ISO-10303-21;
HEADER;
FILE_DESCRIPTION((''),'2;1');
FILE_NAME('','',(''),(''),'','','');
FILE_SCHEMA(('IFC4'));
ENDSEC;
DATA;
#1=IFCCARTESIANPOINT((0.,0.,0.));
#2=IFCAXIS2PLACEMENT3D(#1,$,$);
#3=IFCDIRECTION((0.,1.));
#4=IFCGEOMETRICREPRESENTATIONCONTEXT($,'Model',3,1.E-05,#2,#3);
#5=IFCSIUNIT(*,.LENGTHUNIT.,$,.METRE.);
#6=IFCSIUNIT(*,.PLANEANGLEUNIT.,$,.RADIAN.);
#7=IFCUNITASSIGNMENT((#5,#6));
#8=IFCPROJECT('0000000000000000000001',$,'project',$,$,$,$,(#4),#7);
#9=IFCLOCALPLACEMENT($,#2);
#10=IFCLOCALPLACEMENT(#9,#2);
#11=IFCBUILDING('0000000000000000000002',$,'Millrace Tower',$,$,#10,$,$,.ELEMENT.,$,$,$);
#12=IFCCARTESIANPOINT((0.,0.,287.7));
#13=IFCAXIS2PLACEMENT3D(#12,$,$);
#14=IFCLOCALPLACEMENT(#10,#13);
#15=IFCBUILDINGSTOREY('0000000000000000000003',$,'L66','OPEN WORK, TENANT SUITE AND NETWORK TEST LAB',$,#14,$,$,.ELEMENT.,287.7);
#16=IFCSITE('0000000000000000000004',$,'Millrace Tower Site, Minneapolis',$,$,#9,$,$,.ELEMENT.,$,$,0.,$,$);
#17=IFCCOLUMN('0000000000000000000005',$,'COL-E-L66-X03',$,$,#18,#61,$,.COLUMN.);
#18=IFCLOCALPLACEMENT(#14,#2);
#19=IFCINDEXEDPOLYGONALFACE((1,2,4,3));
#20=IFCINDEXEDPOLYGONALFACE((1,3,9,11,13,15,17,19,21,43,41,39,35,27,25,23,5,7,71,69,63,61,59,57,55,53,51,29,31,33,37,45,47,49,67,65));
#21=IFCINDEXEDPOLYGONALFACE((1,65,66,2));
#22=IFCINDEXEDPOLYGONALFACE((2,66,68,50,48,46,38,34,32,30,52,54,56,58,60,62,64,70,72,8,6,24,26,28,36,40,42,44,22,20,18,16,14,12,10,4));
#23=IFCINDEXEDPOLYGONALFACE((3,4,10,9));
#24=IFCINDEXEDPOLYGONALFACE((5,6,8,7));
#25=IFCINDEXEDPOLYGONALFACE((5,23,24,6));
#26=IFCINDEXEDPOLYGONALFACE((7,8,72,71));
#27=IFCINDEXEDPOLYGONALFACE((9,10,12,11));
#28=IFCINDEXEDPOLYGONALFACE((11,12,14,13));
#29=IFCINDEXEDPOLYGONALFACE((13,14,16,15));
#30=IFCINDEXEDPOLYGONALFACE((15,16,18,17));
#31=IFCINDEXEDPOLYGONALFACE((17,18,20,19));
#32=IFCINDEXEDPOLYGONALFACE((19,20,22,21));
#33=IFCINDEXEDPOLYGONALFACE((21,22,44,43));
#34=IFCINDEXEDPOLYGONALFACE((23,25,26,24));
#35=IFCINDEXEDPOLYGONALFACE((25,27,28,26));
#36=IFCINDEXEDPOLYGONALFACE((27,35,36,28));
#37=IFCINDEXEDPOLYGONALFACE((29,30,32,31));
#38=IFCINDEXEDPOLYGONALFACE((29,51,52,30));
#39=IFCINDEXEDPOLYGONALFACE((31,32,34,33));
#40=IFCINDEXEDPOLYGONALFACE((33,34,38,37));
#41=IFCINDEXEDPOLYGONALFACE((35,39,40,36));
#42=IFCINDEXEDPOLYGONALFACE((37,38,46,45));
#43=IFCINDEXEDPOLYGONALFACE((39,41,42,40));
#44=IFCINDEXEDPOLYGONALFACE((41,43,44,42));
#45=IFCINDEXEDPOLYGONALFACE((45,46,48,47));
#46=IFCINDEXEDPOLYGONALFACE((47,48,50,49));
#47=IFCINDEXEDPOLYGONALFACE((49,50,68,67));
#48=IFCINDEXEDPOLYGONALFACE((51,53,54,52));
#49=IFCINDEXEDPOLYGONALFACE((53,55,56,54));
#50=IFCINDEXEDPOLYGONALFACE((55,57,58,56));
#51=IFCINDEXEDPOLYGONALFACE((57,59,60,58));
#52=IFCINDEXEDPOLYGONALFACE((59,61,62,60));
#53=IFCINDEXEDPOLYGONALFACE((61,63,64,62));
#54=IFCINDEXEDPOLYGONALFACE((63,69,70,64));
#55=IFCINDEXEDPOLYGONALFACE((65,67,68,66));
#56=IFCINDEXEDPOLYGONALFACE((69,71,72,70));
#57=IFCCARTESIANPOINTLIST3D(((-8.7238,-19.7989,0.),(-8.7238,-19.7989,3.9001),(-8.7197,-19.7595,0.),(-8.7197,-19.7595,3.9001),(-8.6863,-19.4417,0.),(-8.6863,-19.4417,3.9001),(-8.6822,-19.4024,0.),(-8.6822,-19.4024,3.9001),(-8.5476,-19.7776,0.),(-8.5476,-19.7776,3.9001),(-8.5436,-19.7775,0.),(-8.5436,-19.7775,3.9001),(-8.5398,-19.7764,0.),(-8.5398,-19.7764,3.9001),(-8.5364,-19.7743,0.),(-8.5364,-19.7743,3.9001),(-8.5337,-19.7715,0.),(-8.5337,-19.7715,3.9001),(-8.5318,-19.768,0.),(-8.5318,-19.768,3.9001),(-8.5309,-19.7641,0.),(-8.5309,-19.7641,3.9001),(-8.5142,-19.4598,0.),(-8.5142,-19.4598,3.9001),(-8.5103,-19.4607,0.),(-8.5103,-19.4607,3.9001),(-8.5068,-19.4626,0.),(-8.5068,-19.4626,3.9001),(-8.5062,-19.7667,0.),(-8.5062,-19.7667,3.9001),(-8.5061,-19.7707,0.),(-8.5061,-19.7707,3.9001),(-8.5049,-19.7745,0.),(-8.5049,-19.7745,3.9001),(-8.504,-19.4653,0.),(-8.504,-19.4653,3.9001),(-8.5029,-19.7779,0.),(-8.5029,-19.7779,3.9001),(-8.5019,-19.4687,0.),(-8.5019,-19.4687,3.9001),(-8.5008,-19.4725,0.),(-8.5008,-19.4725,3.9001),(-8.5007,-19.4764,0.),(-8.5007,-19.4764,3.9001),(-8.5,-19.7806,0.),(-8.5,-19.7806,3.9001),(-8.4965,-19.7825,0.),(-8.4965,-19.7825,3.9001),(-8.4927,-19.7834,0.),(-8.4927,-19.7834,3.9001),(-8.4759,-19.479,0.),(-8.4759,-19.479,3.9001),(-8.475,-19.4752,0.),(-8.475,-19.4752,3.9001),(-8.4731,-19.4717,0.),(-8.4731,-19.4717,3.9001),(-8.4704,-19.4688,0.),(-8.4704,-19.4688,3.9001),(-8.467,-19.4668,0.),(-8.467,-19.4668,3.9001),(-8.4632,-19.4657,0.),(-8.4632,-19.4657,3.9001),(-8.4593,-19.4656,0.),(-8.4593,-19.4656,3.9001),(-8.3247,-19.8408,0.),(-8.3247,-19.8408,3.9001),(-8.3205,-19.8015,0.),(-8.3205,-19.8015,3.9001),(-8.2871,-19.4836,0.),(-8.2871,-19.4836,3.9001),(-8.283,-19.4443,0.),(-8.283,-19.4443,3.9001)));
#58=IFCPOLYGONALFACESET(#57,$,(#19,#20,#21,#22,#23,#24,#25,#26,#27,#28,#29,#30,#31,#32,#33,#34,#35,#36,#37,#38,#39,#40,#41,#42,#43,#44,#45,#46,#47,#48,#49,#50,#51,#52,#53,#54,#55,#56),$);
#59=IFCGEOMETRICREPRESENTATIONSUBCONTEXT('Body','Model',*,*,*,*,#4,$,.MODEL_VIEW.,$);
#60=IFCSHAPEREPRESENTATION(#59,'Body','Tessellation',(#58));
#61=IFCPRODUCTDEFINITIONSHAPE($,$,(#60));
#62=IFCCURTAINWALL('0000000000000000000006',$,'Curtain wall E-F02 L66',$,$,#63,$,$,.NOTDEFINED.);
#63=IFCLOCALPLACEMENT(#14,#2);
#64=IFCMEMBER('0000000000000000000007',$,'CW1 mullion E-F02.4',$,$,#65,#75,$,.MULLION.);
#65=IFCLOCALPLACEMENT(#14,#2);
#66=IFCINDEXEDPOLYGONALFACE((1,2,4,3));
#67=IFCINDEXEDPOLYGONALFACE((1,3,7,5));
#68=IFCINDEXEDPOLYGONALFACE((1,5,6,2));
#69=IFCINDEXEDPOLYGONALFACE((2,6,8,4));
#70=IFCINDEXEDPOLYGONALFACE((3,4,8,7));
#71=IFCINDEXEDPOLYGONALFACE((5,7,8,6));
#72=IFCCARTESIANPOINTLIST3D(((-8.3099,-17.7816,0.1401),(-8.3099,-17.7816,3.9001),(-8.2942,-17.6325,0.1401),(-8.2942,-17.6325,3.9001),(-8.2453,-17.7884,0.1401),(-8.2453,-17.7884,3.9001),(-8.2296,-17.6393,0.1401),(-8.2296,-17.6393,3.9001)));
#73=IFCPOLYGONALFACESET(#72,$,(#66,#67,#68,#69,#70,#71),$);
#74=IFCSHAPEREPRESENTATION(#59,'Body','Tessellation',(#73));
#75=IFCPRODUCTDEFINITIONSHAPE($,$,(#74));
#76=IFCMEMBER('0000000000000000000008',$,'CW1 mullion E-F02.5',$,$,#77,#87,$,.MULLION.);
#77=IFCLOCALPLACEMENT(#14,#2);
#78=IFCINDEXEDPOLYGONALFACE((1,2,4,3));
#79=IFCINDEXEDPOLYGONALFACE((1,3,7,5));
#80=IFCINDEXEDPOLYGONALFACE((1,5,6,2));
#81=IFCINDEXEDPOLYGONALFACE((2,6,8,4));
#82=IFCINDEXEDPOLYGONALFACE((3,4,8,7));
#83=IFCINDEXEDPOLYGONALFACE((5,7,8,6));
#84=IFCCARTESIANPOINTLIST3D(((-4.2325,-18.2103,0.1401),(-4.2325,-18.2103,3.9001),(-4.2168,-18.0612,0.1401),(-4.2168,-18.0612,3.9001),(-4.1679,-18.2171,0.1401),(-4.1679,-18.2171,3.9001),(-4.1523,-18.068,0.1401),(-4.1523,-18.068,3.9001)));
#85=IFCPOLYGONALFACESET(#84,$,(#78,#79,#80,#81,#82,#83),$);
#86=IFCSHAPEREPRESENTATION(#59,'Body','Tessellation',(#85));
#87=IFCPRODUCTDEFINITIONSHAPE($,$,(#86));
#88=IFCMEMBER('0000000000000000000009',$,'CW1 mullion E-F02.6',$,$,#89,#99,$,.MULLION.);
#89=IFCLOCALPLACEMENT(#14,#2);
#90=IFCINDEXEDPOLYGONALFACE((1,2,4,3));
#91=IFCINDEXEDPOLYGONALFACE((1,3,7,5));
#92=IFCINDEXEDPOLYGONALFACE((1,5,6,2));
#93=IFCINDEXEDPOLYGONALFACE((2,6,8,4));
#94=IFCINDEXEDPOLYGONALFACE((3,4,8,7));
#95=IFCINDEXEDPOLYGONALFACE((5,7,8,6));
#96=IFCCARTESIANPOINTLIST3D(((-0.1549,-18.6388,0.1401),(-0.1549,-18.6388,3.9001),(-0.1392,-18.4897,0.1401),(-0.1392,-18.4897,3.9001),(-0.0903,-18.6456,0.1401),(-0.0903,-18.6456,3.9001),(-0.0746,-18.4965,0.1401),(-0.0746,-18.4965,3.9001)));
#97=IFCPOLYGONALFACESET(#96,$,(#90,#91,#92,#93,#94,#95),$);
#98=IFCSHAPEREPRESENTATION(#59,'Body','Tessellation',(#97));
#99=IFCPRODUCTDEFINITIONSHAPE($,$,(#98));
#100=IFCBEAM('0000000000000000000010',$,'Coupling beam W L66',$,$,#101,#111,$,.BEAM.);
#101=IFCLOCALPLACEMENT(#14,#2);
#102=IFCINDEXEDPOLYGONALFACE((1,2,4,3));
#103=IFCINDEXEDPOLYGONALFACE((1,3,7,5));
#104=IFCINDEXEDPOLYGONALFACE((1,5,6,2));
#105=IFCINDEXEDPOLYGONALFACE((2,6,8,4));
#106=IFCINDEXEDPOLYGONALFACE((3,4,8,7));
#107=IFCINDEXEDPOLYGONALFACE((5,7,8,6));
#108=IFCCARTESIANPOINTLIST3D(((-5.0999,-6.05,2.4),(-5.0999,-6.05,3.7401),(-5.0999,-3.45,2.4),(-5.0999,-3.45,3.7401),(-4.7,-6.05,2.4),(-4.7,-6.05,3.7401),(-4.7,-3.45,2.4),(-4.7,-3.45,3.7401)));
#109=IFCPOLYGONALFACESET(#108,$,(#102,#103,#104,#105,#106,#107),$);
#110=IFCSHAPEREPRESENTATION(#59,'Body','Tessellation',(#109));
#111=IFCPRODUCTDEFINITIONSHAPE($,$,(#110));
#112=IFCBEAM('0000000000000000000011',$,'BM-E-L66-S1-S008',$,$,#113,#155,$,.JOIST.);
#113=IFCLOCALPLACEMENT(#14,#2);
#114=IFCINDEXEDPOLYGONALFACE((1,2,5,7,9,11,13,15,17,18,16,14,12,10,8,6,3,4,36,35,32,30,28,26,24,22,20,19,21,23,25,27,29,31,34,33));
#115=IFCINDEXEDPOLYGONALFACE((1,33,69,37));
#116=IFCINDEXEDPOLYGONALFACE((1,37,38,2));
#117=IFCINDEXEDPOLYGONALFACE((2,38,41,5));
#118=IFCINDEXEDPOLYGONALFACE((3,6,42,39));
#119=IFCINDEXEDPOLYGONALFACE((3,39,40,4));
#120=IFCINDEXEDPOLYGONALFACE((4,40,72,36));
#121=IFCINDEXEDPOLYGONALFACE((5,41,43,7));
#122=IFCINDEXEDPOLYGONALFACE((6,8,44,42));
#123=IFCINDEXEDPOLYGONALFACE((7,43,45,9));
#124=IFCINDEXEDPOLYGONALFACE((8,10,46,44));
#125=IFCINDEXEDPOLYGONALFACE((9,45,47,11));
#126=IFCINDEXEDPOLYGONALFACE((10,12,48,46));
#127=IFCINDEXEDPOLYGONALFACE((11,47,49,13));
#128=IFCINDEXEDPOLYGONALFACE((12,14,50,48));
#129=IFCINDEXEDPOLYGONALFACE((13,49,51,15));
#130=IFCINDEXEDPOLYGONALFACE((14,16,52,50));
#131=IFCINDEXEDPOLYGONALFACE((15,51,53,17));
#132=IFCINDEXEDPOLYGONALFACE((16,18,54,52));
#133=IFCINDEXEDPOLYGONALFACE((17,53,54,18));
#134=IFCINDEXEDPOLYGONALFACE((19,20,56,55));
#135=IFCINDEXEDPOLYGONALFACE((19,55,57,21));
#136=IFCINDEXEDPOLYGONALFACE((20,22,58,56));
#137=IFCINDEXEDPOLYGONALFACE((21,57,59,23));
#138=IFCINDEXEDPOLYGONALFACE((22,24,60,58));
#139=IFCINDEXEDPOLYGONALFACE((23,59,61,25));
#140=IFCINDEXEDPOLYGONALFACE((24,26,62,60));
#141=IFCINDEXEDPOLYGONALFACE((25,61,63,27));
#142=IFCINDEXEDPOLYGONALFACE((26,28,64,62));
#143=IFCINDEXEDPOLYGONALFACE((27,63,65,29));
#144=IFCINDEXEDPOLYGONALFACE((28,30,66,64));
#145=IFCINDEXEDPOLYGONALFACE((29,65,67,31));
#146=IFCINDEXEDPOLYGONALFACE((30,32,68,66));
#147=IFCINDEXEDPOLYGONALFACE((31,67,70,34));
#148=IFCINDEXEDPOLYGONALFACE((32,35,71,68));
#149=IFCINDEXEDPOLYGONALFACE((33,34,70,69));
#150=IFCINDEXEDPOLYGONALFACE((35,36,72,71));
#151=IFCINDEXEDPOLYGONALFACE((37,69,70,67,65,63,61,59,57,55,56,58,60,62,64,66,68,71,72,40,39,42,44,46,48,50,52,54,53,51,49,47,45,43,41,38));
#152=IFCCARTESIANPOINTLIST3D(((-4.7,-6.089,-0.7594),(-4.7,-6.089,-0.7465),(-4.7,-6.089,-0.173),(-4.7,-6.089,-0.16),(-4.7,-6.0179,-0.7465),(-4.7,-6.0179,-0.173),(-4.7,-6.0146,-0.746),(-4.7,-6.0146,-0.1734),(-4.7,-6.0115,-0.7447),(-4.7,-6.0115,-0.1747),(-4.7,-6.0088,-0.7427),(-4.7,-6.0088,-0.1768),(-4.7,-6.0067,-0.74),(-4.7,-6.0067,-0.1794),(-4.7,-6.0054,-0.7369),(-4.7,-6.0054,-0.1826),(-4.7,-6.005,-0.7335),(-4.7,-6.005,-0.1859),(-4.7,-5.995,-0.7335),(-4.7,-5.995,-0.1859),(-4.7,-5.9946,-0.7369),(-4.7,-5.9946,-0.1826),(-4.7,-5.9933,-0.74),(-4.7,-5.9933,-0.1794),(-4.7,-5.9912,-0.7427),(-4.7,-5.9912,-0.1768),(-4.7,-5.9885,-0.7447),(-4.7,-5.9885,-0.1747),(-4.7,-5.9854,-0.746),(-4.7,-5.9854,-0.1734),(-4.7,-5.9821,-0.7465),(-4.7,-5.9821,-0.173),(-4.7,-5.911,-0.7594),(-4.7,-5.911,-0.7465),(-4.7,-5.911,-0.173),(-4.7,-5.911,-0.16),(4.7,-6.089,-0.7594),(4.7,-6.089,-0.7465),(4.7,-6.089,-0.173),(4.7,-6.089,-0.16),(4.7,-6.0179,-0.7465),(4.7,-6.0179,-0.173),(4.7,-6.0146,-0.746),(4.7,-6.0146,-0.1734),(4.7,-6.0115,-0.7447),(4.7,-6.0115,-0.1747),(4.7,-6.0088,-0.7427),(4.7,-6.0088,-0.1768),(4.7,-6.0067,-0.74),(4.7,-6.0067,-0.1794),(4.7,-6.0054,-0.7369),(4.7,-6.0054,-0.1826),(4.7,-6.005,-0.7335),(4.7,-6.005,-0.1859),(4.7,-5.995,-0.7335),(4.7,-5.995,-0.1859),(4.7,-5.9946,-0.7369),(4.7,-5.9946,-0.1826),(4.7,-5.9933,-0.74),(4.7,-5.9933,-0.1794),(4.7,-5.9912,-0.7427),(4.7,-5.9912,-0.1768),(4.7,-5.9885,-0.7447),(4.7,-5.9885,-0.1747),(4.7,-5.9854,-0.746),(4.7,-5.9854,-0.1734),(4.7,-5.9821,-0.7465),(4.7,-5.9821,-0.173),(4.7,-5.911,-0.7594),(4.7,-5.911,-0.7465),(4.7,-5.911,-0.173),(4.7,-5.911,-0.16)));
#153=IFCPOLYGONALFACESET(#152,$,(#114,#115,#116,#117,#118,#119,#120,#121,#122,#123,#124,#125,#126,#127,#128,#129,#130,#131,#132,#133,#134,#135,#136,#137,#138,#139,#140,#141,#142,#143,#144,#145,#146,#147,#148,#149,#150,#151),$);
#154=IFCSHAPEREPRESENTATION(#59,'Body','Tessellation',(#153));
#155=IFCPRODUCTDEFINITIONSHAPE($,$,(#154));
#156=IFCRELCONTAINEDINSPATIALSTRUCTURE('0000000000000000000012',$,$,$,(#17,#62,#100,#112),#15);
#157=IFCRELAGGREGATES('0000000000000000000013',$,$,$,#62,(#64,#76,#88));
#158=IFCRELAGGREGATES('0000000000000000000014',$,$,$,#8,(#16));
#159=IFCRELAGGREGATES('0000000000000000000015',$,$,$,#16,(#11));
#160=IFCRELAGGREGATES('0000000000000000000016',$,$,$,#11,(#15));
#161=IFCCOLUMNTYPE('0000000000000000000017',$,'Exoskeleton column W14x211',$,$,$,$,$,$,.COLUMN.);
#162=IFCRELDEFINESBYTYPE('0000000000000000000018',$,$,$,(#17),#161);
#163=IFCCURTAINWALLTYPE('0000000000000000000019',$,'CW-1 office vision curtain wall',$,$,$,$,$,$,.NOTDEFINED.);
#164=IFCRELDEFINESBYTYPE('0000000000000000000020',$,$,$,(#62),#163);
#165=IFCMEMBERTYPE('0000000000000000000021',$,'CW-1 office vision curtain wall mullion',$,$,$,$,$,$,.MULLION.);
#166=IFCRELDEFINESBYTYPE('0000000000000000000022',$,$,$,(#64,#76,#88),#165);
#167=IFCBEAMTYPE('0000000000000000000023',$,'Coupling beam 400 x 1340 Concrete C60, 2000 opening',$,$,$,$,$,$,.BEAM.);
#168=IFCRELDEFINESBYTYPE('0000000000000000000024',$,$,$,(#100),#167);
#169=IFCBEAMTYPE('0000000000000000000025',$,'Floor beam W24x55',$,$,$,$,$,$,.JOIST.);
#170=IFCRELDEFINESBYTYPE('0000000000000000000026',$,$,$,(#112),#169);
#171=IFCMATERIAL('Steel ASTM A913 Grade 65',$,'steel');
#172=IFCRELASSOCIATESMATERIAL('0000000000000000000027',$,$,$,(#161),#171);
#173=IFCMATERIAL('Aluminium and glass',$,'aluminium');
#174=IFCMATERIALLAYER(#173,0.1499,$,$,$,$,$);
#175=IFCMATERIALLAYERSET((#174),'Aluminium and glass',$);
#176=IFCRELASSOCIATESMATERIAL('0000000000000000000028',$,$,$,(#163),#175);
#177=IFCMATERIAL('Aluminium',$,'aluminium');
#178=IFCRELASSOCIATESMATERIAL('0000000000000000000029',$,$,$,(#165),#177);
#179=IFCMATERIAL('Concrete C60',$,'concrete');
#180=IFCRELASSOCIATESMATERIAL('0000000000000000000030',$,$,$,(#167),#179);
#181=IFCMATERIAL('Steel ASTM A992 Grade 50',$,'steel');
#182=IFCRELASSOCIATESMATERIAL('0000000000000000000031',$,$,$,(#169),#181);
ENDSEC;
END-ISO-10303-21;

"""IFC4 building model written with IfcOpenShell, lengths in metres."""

from ifc_helpers import new_model, si_unit, direction, frame, origin, origin_2d, place, context, subcontext, project, spatial, rectangle, i_section, extrude, material, layer, layer_set, material_profile, profile_set, type_object, element, aggregate, save


model = new_model("IFC4")

# Units and contexts
model_context = context("Model", 3, precision=1e-05, world=origin(), true_north=direction((0.0, 1.0)))
body_context = subcontext(model_context, "Body", "Model", "MODEL_VIEW")
ifc_project = project(units=[si_unit("LENGTHUNIT", "METRE"), si_unit("PLANEANGLEUNIT", "RADIAN")], contexts=[model_context])

# Site, building, storey
site_placement = place(None, origin())
site = spatial("IfcSite", under=ifc_project, at=site_placement, Name="Millrace Tower Site, Minneapolis", CompositionType="ELEMENT", RefElevation=0.0)
building_placement = place(site_placement, origin())
building = spatial("IfcBuilding", under=site, at=building_placement, Name="Millrace Tower", CompositionType="ELEMENT")
storey_placement = place(building_placement, frame((0.0, 0.0, 287.7)))
storey = spatial("IfcBuildingStorey", under=building, at=storey_placement, Name="L66", Description="OPEN WORK, TENANT SUITE AND NETWORK TEST LAB", CompositionType="ELEMENT", Elevation=287.7)

# Column
ifc_material_1 = material(Name="Steel ASTM A913 Grade 65", Category="steel")
ifc_material_profile_1 = material_profile(ifc_material_1, i_section(OverallWidth=0.4014, OverallDepth=0.3987, WebThickness=0.0249, FlangeThickness=0.0396, FilletRadius=0.0151, at=origin_2d()))
ifc_profile_set_1 = profile_set([ifc_material_profile_1], Name="Steel ASTM A913 Grade 65")
column_type = type_object("IfcColumnType", Name="Exoskeleton column W14x211", PredefinedType="COLUMN", material=ifc_profile_set_1)
column_placement = place(storey_placement, frame((-8.5034, -19.6216, 0.0), z_axis=(0.0, 0.0, 1.0), x_axis=(0.994522, -0.104528, 0.0)))
element("IfcColumn", 1, at=column_placement, inside=storey, type_object=column_type, Name="COL-E-L66-X03", PredefinedType="COLUMN", context=body_context, shape_type="SweptSolid", body=[
    extrude(i_section(OverallWidth=0.4014, OverallDepth=0.3987, WebThickness=0.0249, FlangeThickness=0.0396, FilletRadius=0.0151, at=origin_2d()), origin(), (0.0, 0.0, 1.0), 3.9001),
])

# Curtain wall, members
ifc_material_2 = material(Name="Aluminium and glass", Category="aluminium")
ifc_layer_1 = layer(ifc_material_2, 0.1499)
ifc_layer_set_1 = layer_set([ifc_layer_1], Name="Aluminium and glass")
curtain_wall_type = type_object("IfcCurtainWallType", Name="CW-1 office vision curtain wall", PredefinedType="NOTDEFINED", material=ifc_layer_set_1)
curtain_wall_placement = place(storey_placement, origin())
curtain_wall = element("IfcCurtainWall", 2, at=curtain_wall_placement, inside=storey, type_object=curtain_wall_type, Name="Curtain wall E-F02 L66", PredefinedType="NOTDEFINED")
ifc_material_3 = material(Name="Aluminium", Category="aluminium")
ifc_material_profile_2 = material_profile(ifc_material_3, rectangle(XDim=0.0649, YDim=0.1499, at=origin_2d()))
ifc_profile_set_2 = profile_set([ifc_material_profile_2], Name="Aluminium")
member_type = type_object("IfcMemberType", Name="CW-1 office vision curtain wall mullion", PredefinedType="MULLION", material=ifc_profile_set_2)
member_1_placement = place(storey_placement, frame((-8.2698, -17.7104, 0.1401), z_axis=(0.0, 0.0, 1.0), x_axis=(0.994522, -0.104528, 0.0)))
member_1 = element("IfcMember", 3, at=member_1_placement, type_object=member_type, Name="CW1 mullion E-F02.4", PredefinedType="MULLION", context=body_context, shape_type="SweptSolid", body=[
    extrude(rectangle(XDim=0.0649, YDim=0.1499, at=origin_2d()), origin(), (0.0, 0.0, 1.0), 3.76),
])
member_2_placement = place(storey_placement, frame((-4.1924, -18.1392, 0.1401), z_axis=(0.0, 0.0, 1.0), x_axis=(0.994522, -0.104528, 0.0)))
member_2 = element("IfcMember", 4, at=member_2_placement, type_object=member_type, Name="CW1 mullion E-F02.5", PredefinedType="MULLION", context=body_context, shape_type="SweptSolid", body=[
    extrude(rectangle(XDim=0.0649, YDim=0.1499, at=origin_2d()), origin(), (0.0, 0.0, 1.0), 3.76),
])
member_3_placement = place(storey_placement, frame((-0.1147, -18.5676, 0.1401), z_axis=(0.0, 0.0, 1.0), x_axis=(0.994522, -0.104528, 0.0)))
member_3 = element("IfcMember", 5, at=member_3_placement, type_object=member_type, Name="CW1 mullion E-F02.6", PredefinedType="MULLION", context=body_context, shape_type="SweptSolid", body=[
    extrude(rectangle(XDim=0.0649, YDim=0.1499, at=origin_2d()), origin(), (0.0, 0.0, 1.0), 3.76),
])
aggregate(curtain_wall, [member_1, member_2, member_3])

# Beams
ifc_material_4 = material(Name="Concrete C60", Category="concrete")
ifc_material_profile_3 = material_profile(ifc_material_4, rectangle(XDim=0.3999, YDim=1.3401, at=origin_2d()))
ifc_profile_set_3 = profile_set([ifc_material_profile_3], Name="Concrete C60")
beam_type_1 = type_object("IfcBeamType", Name="Coupling beam 400 x 1340 Concrete C60, 2000 opening", PredefinedType="BEAM", material=ifc_profile_set_3)
beam_1_placement = place(storey_placement, frame((-4.8999, -6.05, 3.0701), z_axis=(0.0, 1.0, 0.0), x_axis=(-1.0, 0.0, 0.0)))
element("IfcBeam", 6, at=beam_1_placement, inside=storey, type_object=beam_type_1, Name="Coupling beam W L66", PredefinedType="BEAM", context=body_context, shape_type="SweptSolid", body=[
    extrude(rectangle(XDim=0.3999, YDim=1.3401, at=origin_2d()), origin(), (0.0, 0.0, 1.0), 2.6001),
])
ifc_material_5 = material(Name="Steel ASTM A992 Grade 50", Category="steel")
ifc_material_profile_4 = material_profile(ifc_material_5, i_section(OverallWidth=0.178, OverallDepth=0.5994, WebThickness=0.01, FlangeThickness=0.0129, FilletRadius=0.0129, at=origin_2d()))
ifc_profile_set_4 = profile_set([ifc_material_profile_4], Name="Steel ASTM A992 Grade 50")
beam_type_2 = type_object("IfcBeamType", Name="Floor beam W24x55", PredefinedType="JOIST", material=ifc_profile_set_4)
beam_2_placement = place(storey_placement, frame((-4.7, -6.0, -0.4597), z_axis=(1.0, 0.0, 0.0), x_axis=(0.0, 1.0, 0.0)))
element("IfcBeam", 7, at=beam_2_placement, inside=storey, type_object=beam_type_2, Name="BM-E-L66-S1-S008", PredefinedType="JOIST", context=body_context, shape_type="SweptSolid", body=[
    extrude(i_section(OverallWidth=0.178, OverallDepth=0.5994, WebThickness=0.01, FlangeThickness=0.0129, FilletRadius=0.0129, at=origin_2d()), origin(), (0.0, 0.0, 1.0), 9.3999),
])

save(model, "model.ifc")
